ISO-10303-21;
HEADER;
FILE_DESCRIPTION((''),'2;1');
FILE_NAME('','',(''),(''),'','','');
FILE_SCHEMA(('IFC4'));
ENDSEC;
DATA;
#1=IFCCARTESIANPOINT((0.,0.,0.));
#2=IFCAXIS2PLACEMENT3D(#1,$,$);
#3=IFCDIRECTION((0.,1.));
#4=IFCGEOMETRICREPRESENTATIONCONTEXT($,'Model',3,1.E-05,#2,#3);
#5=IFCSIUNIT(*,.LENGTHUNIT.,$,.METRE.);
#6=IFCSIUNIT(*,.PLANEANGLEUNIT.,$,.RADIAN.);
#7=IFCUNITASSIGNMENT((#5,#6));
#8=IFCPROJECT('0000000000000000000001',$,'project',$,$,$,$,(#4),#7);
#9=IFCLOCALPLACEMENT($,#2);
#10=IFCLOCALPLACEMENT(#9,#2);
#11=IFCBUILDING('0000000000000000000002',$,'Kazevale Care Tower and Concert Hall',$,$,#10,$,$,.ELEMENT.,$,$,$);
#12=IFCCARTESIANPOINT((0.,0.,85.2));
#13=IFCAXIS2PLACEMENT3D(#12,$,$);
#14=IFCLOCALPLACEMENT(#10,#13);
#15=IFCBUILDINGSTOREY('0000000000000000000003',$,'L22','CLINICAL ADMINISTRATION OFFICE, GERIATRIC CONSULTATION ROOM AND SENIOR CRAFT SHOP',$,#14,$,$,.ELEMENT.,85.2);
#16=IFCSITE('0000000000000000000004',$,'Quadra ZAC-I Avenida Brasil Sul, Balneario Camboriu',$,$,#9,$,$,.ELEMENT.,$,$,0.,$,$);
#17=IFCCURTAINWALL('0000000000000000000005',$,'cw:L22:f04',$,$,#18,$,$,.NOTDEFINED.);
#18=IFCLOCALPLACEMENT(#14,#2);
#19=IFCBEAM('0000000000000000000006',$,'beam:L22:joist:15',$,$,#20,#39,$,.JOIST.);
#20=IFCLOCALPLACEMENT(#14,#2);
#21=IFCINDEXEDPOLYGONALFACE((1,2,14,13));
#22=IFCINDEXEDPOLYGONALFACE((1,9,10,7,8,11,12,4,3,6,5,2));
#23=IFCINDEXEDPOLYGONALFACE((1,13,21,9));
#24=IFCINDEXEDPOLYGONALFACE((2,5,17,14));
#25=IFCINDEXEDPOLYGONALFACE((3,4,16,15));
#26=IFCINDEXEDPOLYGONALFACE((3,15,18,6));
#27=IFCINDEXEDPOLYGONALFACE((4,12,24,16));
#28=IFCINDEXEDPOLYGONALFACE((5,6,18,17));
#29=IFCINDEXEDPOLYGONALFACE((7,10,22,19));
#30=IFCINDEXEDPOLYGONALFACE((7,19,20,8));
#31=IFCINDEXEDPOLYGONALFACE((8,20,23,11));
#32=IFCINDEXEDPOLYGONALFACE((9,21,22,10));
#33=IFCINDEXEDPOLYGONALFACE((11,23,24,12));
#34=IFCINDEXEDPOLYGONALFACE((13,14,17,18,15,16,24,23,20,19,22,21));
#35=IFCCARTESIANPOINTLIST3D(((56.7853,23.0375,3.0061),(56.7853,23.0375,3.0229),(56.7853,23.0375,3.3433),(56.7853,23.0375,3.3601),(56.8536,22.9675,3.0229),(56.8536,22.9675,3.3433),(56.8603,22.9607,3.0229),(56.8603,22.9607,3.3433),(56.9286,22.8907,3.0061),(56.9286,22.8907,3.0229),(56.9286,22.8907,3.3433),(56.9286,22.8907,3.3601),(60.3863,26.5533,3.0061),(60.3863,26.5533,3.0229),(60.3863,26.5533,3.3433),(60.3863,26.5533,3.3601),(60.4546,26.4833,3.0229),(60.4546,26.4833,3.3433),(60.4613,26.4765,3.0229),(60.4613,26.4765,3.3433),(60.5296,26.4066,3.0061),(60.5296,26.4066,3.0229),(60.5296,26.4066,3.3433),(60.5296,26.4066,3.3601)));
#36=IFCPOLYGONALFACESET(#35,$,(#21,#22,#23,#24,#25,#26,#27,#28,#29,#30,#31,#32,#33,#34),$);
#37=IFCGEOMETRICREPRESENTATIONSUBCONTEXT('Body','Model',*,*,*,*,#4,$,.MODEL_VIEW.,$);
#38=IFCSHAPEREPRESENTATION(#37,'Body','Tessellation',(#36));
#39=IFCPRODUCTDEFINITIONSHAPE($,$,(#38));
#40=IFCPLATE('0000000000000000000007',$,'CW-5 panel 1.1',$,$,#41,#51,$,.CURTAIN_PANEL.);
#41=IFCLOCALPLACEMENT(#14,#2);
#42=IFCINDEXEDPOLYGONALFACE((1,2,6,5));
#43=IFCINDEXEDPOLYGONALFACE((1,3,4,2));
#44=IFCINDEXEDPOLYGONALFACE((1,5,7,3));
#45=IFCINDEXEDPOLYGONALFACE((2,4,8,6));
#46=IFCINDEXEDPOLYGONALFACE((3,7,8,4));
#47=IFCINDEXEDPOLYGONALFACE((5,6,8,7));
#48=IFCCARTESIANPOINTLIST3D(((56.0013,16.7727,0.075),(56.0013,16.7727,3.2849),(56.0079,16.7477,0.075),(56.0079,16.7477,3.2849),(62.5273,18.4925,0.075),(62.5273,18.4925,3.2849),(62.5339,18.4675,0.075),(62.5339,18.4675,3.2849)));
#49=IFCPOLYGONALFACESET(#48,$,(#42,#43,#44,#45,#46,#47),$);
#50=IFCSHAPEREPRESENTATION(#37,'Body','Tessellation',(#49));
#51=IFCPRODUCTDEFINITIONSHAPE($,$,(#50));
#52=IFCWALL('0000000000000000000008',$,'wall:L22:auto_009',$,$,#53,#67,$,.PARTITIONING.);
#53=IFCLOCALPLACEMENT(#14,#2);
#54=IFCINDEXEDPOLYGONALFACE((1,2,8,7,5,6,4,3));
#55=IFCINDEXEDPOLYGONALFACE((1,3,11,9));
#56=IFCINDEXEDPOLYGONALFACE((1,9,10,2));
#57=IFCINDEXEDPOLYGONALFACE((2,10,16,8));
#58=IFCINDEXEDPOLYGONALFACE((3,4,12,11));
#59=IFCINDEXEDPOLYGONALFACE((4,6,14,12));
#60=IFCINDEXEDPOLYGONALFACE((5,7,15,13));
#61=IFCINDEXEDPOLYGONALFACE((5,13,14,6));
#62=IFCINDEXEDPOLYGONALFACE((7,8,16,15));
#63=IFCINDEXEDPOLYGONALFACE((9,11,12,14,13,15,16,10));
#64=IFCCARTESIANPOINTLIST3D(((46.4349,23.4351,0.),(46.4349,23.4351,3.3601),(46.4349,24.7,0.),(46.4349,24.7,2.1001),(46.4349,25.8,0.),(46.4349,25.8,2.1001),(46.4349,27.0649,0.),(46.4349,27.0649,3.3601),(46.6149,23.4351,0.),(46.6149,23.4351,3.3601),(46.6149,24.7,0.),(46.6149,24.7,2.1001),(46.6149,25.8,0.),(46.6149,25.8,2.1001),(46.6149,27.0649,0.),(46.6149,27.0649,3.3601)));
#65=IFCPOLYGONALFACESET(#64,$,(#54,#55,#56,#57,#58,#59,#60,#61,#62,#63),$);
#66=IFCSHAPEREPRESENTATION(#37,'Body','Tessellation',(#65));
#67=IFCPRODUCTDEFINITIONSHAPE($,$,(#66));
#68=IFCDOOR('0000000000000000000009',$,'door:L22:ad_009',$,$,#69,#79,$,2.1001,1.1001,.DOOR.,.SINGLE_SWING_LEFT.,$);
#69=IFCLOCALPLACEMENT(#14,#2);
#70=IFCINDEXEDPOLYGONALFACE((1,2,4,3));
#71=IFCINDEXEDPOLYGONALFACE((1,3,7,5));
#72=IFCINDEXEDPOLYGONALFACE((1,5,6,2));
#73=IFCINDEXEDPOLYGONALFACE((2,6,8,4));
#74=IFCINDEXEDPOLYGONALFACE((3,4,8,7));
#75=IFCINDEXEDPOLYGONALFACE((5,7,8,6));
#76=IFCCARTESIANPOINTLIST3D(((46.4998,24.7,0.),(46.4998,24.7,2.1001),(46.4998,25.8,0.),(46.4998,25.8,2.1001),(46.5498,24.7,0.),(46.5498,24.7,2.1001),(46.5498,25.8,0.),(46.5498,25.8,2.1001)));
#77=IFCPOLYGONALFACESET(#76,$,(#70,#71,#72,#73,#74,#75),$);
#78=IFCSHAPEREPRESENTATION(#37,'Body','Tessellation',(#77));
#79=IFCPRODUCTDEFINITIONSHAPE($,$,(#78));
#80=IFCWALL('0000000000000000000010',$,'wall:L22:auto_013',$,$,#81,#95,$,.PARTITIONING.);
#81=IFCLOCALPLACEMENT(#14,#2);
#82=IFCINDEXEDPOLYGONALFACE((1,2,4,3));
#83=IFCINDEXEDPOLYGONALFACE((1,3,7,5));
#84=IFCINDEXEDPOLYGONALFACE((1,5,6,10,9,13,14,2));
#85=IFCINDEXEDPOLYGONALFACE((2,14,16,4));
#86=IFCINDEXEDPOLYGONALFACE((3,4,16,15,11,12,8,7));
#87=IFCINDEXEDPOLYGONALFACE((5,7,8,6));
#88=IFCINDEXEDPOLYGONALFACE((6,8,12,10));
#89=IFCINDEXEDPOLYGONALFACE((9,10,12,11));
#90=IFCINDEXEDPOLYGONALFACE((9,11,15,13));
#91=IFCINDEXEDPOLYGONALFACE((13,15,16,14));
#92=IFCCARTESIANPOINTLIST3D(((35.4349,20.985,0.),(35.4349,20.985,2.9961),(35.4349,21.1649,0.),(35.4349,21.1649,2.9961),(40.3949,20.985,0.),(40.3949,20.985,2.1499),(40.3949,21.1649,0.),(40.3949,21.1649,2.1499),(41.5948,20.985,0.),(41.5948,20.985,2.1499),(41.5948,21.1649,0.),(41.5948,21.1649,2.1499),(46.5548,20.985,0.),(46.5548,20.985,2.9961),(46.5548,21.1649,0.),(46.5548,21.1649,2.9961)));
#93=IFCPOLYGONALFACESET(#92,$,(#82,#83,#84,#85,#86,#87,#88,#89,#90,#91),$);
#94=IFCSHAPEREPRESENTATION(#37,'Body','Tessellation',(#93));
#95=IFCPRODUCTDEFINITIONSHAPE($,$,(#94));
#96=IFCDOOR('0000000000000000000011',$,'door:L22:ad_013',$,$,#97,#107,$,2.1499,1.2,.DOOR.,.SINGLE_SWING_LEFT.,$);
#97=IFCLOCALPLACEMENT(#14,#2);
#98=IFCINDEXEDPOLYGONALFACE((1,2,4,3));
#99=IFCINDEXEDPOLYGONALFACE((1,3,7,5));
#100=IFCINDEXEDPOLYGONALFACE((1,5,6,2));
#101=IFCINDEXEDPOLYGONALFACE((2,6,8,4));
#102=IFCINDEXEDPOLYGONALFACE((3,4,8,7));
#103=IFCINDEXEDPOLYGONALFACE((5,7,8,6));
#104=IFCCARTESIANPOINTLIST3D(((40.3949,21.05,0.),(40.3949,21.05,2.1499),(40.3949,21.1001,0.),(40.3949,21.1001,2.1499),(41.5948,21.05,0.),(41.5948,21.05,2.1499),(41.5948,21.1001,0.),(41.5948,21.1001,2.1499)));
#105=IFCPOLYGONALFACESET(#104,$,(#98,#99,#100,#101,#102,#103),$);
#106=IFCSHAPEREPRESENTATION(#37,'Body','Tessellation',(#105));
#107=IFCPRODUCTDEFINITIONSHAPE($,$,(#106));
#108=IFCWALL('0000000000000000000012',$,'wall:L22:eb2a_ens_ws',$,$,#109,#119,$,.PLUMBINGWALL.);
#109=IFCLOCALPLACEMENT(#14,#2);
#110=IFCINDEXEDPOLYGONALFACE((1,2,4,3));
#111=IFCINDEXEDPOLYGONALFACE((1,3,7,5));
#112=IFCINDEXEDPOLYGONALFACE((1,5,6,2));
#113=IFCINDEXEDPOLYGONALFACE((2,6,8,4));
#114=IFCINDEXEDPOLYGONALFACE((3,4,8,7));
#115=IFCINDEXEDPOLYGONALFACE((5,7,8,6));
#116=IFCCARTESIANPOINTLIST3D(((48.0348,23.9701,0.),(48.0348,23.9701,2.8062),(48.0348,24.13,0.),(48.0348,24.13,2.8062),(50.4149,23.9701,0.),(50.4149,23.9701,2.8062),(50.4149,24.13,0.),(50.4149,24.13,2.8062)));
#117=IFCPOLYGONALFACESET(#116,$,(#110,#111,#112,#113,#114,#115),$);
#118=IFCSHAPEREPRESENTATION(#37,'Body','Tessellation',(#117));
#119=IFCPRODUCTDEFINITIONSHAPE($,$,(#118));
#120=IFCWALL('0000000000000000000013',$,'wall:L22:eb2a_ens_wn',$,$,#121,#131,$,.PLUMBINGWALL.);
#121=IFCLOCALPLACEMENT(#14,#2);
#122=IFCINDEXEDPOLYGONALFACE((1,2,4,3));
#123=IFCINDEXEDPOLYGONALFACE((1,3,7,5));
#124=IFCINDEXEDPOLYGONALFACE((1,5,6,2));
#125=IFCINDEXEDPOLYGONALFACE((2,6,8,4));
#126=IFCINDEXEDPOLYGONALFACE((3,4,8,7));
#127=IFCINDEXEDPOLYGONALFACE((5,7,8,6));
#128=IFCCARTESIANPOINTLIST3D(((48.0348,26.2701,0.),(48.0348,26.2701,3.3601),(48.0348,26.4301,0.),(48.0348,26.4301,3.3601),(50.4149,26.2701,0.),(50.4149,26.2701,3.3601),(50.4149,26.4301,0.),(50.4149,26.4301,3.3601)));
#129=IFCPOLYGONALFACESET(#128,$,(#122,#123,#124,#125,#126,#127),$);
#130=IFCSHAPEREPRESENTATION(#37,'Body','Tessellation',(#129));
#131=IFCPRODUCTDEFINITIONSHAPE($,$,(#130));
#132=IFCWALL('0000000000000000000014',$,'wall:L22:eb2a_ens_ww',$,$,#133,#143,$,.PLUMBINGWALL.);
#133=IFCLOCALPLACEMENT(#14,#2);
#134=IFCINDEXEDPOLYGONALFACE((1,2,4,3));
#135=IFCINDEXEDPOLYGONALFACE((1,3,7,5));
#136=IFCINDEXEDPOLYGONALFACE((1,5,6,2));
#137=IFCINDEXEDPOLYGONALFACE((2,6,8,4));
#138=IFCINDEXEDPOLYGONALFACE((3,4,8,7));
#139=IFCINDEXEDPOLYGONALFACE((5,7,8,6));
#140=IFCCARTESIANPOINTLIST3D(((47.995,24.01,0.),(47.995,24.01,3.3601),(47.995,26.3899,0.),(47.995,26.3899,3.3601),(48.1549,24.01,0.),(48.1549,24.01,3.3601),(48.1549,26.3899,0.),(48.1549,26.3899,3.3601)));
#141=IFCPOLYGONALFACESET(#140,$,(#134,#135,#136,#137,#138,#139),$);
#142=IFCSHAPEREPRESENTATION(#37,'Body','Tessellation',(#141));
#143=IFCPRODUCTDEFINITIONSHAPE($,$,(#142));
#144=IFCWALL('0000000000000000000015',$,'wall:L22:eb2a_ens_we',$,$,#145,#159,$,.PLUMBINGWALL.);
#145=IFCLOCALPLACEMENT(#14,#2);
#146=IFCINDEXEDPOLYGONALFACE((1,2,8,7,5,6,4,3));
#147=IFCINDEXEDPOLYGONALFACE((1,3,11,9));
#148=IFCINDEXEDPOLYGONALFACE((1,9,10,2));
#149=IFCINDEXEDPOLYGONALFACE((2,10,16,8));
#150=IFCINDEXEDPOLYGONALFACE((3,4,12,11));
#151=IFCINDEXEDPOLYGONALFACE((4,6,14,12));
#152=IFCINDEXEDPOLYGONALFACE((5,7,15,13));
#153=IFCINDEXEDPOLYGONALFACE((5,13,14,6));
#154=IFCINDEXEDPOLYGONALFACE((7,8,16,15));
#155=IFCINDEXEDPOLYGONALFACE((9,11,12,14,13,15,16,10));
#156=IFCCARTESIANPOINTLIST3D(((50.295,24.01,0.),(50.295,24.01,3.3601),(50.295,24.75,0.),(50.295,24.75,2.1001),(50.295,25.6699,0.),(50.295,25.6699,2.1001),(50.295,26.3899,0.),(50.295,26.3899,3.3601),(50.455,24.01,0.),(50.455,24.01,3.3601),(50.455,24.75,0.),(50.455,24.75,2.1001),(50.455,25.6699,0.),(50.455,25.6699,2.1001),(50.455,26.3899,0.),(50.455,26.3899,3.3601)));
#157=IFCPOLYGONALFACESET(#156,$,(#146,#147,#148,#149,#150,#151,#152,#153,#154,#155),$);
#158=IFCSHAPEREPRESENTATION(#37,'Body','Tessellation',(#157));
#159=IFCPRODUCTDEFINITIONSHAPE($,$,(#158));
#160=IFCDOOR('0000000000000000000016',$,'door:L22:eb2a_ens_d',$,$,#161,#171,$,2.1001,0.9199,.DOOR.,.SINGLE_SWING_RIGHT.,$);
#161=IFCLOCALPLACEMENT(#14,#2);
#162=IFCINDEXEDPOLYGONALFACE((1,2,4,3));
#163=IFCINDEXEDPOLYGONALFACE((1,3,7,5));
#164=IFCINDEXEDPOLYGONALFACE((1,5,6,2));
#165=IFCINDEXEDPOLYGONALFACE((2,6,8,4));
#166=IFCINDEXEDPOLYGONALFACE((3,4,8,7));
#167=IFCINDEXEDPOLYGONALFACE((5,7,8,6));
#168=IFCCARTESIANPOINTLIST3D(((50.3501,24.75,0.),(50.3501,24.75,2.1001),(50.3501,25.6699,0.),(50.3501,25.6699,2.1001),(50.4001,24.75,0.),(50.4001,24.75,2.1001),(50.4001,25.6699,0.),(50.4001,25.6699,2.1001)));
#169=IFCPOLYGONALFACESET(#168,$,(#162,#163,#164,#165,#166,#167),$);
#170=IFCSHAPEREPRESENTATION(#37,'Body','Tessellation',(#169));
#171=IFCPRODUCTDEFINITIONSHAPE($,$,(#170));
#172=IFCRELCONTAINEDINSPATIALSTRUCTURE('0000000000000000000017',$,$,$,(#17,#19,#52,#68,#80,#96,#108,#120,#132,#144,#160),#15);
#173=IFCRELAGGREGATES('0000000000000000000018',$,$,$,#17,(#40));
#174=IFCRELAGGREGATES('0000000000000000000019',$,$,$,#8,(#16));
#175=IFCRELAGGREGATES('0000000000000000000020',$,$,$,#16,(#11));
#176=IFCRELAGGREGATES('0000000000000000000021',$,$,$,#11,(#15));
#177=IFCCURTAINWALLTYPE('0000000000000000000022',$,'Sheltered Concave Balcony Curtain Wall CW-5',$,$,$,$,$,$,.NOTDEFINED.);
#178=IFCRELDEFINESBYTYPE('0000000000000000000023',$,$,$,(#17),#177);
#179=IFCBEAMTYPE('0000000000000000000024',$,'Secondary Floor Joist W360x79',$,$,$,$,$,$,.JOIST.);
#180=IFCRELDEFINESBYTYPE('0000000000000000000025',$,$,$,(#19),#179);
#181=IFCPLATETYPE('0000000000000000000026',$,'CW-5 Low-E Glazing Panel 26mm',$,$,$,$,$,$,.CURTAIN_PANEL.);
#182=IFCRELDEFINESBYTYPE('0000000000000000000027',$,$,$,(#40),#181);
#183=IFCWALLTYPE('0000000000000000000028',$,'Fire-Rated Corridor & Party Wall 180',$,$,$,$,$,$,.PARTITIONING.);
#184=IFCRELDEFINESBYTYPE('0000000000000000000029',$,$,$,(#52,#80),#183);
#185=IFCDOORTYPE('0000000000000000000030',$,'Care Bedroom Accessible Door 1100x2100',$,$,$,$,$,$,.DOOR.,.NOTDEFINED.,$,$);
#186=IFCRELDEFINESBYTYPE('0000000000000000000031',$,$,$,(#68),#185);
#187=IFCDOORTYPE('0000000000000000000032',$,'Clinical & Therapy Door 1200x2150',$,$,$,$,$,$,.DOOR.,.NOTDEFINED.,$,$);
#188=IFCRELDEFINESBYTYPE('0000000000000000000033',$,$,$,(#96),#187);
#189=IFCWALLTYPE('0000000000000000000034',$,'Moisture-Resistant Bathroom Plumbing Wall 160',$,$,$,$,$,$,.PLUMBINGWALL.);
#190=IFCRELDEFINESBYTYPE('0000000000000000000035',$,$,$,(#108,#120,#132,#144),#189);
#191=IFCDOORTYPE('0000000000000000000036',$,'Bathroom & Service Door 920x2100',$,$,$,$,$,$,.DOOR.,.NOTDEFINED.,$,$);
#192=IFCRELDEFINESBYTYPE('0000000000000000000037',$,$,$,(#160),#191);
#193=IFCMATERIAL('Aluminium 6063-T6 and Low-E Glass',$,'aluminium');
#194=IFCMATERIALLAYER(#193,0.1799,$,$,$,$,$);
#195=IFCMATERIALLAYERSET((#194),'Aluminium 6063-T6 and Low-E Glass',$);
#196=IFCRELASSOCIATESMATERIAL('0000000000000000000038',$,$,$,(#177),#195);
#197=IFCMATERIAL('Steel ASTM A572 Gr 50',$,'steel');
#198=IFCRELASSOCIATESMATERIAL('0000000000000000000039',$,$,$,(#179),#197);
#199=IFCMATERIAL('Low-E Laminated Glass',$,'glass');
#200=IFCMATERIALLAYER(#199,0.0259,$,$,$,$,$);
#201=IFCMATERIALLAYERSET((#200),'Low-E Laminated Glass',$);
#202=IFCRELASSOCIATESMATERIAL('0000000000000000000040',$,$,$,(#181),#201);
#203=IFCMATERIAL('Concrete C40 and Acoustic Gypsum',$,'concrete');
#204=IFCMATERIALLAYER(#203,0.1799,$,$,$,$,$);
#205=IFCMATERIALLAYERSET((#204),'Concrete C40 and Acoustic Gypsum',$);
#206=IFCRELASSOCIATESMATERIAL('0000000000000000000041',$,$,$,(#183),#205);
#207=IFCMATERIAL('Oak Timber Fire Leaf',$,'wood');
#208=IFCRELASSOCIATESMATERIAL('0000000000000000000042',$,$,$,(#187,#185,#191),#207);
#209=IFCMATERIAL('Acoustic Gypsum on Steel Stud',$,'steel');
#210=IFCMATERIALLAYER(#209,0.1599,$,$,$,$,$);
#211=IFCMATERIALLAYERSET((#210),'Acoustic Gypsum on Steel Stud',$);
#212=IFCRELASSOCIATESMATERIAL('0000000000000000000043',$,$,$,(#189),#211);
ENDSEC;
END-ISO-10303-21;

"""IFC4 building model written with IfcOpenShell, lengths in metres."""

from ifc_helpers import new_model, si_unit, direction, frame, frame_2d, origin, origin_2d, place, context, subcontext, project, spatial, rectangle, i_section, extrude, material, layer, layer_set, material_profile, profile_set, type_object, element, fill, aggregate, save


model = new_model("IFC4")

# Units and contexts
model_context = context("Model", 3, precision=1e-05, world=origin(), true_north=direction((0.0, 1.0)))
body_context = subcontext(model_context, "Body", "Model", "MODEL_VIEW")
ifc_project = project(units=[si_unit("LENGTHUNIT", "METRE"), si_unit("PLANEANGLEUNIT", "RADIAN")], contexts=[model_context])

# Site, building, storey
site_placement = place(None, origin())
site = spatial("IfcSite", under=ifc_project, at=site_placement, Name="Quadra ZAC-I Avenida Brasil Sul, Balneario Camboriu", CompositionType="ELEMENT", RefElevation=0.0)
building_placement = place(site_placement, origin())
building = spatial("IfcBuilding", under=site, at=building_placement, Name="Kazevale Care Tower and Concert Hall", CompositionType="ELEMENT")
storey_placement = place(building_placement, frame((0.0, 0.0, 85.2)))
storey = spatial("IfcBuildingStorey", under=building, at=storey_placement, Name="L22", Description="CLINICAL ADMINISTRATION OFFICE, GERIATRIC CONSULTATION ROOM AND SENIOR CRAFT SHOP", CompositionType="ELEMENT", Elevation=85.2)

# Curtain wall
ifc_material_1 = material(Name="Aluminium 6063-T6 and Low-E Glass", Category="aluminium")
ifc_layer_1 = layer(ifc_material_1, 0.1799)
ifc_layer_set_1 = layer_set([ifc_layer_1], Name="Aluminium 6063-T6 and Low-E Glass")
curtain_wall_type = type_object("IfcCurtainWallType", Name="Sheltered Concave Balcony Curtain Wall CW-5", PredefinedType="NOTDEFINED", material=ifc_layer_set_1)
curtain_wall_1_placement = place(storey_placement, origin())
curtain_wall_1 = element("IfcCurtainWall", 1, at=curtain_wall_1_placement, inside=storey, type_object=curtain_wall_type, Name="cw:L22:f04", PredefinedType="NOTDEFINED")

# Beam
ifc_material_2 = material(Name="Steel ASTM A572 Gr 50", Category="steel")
ifc_material_profile_1 = material_profile(ifc_material_2, i_section(OverallWidth=0.2051, OverallDepth=0.354, WebThickness=0.0095, FlangeThickness=0.0168, at=origin_2d()), Name="W360x79")
ifc_profile_set_1 = profile_set([ifc_material_profile_1], Name="Steel ASTM A572 Gr 50")
beam_type_1 = type_object("IfcBeamType", Name="Secondary Floor Joist W360x79", PredefinedType="JOIST", material=ifc_profile_set_1)
beam_1_placement = place(storey_placement, frame((56.8569, 22.9641, 3.1831), z_axis=(0.715521, 0.698591, 0.0), x_axis=(-0.698591, 0.715521, 0.0)))
element("IfcBeam", 2, at=beam_1_placement, inside=storey, type_object=beam_type_1, Name="beam:L22:joist:15", PredefinedType="JOIST", context=body_context, shape_type="SweptSolid", body=[
    extrude(i_section(OverallWidth=0.2051, OverallDepth=0.354, WebThickness=0.0095, FlangeThickness=0.0168, at=origin_2d()), origin(), (0.0, 0.0, 1.0), 5.0327),
])

# Plate
ifc_material_3 = material(Name="Low-E Laminated Glass", Category="glass")
ifc_layer_2 = layer(ifc_material_3, 0.0259)
ifc_layer_set_2 = layer_set([ifc_layer_2], Name="Low-E Laminated Glass")
plate_type = type_object("IfcPlateType", Name="CW-5 Low-E Glazing Panel 26mm", PredefinedType="CURTAIN_PANEL", material=ifc_layer_set_2)
plate_placement = place(storey_placement, frame((59.2676, 17.6201, 0.075), z_axis=(0.0, 0.0, 1.0), x_axis=(-0.966986, -0.254829, 0.0)))
plate = element("IfcPlate", 3, at=plate_placement, type_object=plate_type, Name="CW-5 panel 1.1", PredefinedType="CURTAIN_PANEL", context=body_context, shape_type="SweptSolid", body=[
    extrude(rectangle(XDim=6.7488, YDim=0.0259, at=origin_2d()), origin(), (0.0, 0.0, 1.0), 3.21),
])
aggregate(curtain_wall_1, [plate])

# Walls, openings, doors
ifc_material_4 = material(Name="Concrete C40 and Acoustic Gypsum", Category="concrete")
ifc_layer_3 = layer(ifc_material_4, 0.1799)
ifc_layer_set_3 = layer_set([ifc_layer_3], Name="Concrete C40 and Acoustic Gypsum")
wall_type_1 = type_object("IfcWallType", Name="Fire-Rated Corridor & Party Wall 180", PredefinedType="PARTITIONING", material=ifc_layer_set_3)
ifc_material_5 = material(Name="Oak Timber Fire Leaf", Category="wood")
door_type_1 = type_object("IfcDoorType", Name="Clinical & Therapy Door 1200x2150", OperationType="NOTDEFINED", PredefinedType="DOOR", material=ifc_material_5)
wall_1_placement = place(storey_placement, frame((46.5249, 27.0649, 0.0), z_axis=(0.0, 0.0, 1.0), x_axis=(0.0, -1.0, 0.0)))
wall_1 = element("IfcWall", 4, at=wall_1_placement, inside=storey, type_object=wall_type_1, Name="wall:L22:auto_009", PredefinedType="PARTITIONING", context=body_context, shape_type="SweptSolid", body=[
    extrude(rectangle(XDim=3.6299, YDim=0.1799, at=frame_2d((1.8149, 0.0))), origin(), (0.0, 0.0, 1.0), 3.3601),
])
opening_1_placement = place(wall_1_placement, frame((1.2649, 0.0, 0.0)))
opening_1 = element("IfcOpeningElement", 5, at=opening_1_placement, cuts=wall_1, PredefinedType="OPENING", context=body_context, shape_type="SweptSolid", body=[
    extrude(rectangle(XDim=1.1001, YDim=2.1001, at=frame_2d((0.55, 1.05))), frame((0.0, 0.0999, 0.0), z_axis=(0.0, -1.0, 0.0), x_axis=(1.0, 0.0, 0.0)), (0.0, 0.0, 1.0), 0.2),
])
door_type_2 = type_object("IfcDoorType", Name="Care Bedroom Accessible Door 1100x2100", OperationType="NOTDEFINED", PredefinedType="DOOR", material=ifc_material_5)
door_1_placement = place(opening_1_placement, origin())
door_1 = element("IfcDoor", 6, at=door_1_placement, inside=storey, type_object=door_type_2, Name="door:L22:ad_009", OperationType="SINGLE_SWING_LEFT", OverallHeight=2.1001, OverallWidth=1.1001, PredefinedType="DOOR", context=body_context, shape_type="SweptSolid", body=[
    extrude(rectangle(XDim=1.1001, YDim=2.1001, at=frame_2d((0.55, 1.05))), frame((0.0, 0.0249, 0.0), z_axis=(0.0, -1.0, 0.0), x_axis=(1.0, 0.0, 0.0)), (0.0, 0.0, 1.0), 0.05),
])
fill(opening_1, door_1)
wall_2_placement = place(storey_placement, frame((46.5549, 21.075, 0.0), z_axis=(0.0, 0.0, 1.0), x_axis=(-1.0, 0.0, 0.0)))
wall_2 = element("IfcWall", 7, at=wall_2_placement, inside=storey, type_object=wall_type_1, Name="wall:L22:auto_013", PredefinedType="PARTITIONING", context=body_context, shape_type="SweptSolid", body=[
    extrude(rectangle(XDim=11.1199, YDim=0.1799, at=frame_2d((5.5601, 0.0))), origin(), (0.0, 0.0, 1.0), 2.9961),
])
opening_2_placement = place(wall_2_placement, frame((4.96, 0.0, 0.0)))
opening_2 = element("IfcOpeningElement", 8, at=opening_2_placement, cuts=wall_2, PredefinedType="OPENING", context=body_context, shape_type="SweptSolid", body=[
    extrude(rectangle(XDim=1.2, YDim=2.1499, at=frame_2d((0.6001, 1.075))), frame((0.0, 0.0999, 0.0), z_axis=(0.0, -1.0, 0.0), x_axis=(1.0, 0.0, 0.0)), (0.0, 0.0, 1.0), 0.2),
])
door_2_placement = place(opening_2_placement, origin())
door_2 = element("IfcDoor", 9, at=door_2_placement, inside=storey, type_object=door_type_1, Name="door:L22:ad_013", OperationType="SINGLE_SWING_LEFT", OverallHeight=2.1499, OverallWidth=1.2, PredefinedType="DOOR", context=body_context, shape_type="SweptSolid", body=[
    extrude(rectangle(XDim=1.2, YDim=2.1499, at=frame_2d((0.6001, 1.075))), frame((0.0, 0.0249, 0.0), z_axis=(0.0, -1.0, 0.0), x_axis=(1.0, 0.0, 0.0)), (0.0, 0.0, 1.0), 0.05),
])
fill(opening_2, door_2)

# Walls
ifc_material_6 = material(Name="Acoustic Gypsum on Steel Stud", Category="steel")
ifc_layer_4 = layer(ifc_material_6, 0.1599)
ifc_layer_set_4 = layer_set([ifc_layer_4], Name="Acoustic Gypsum on Steel Stud")
wall_type_2 = type_object("IfcWallType", Name="Moisture-Resistant Bathroom Plumbing Wall 160", PredefinedType="PLUMBINGWALL", material=ifc_layer_set_4)
wall_3_placement = place(storey_placement, frame((48.0349, 24.05, 0.0), z_axis=(0.0, 0.0, 1.0), x_axis=(1.0, 0.0, 0.0)))
element("IfcWall", 10, at=wall_3_placement, inside=storey, type_object=wall_type_2, Name="wall:L22:eb2a_ens_ws", PredefinedType="PLUMBINGWALL", context=body_context, shape_type="SweptSolid", body=[
    extrude(rectangle(XDim=2.3801, YDim=0.1599, at=frame_2d((1.1899, 0.0))), origin(), (0.0, 0.0, 1.0), 2.8062),
])
wall_4_placement = place(storey_placement, frame((48.0349, 26.3501, 0.0), z_axis=(0.0, 0.0, 1.0), x_axis=(1.0, 0.0, 0.0)))
element("IfcWall", 11, at=wall_4_placement, inside=storey, type_object=wall_type_2, Name="wall:L22:eb2a_ens_wn", PredefinedType="PLUMBINGWALL", context=body_context, shape_type="SweptSolid", body=[
    extrude(rectangle(XDim=2.3801, YDim=0.1599, at=frame_2d((1.1899, 0.0))), origin(), (0.0, 0.0, 1.0), 3.3601),
])
wall_5_placement = place(storey_placement, frame((48.075, 24.01, 0.0), z_axis=(0.0, 0.0, 1.0), x_axis=(0.0, 1.0, 0.0)))
element("IfcWall", 12, at=wall_5_placement, inside=storey, type_object=wall_type_2, Name="wall:L22:eb2a_ens_ww", PredefinedType="PLUMBINGWALL", context=body_context, shape_type="SweptSolid", body=[
    extrude(rectangle(XDim=2.3799, YDim=0.1599, at=frame_2d((1.1899, 0.0))), origin(), (0.0, 0.0, 1.0), 3.3601),
])

# Wall, opening, door
wall_6_placement = place(storey_placement, frame((50.375, 24.01, 0.0), z_axis=(0.0, 0.0, 1.0), x_axis=(0.0, 1.0, 0.0)))
wall_6 = element("IfcWall", 13, at=wall_6_placement, inside=storey, type_object=wall_type_2, Name="wall:L22:eb2a_ens_we", PredefinedType="PLUMBINGWALL", context=body_context, shape_type="SweptSolid", body=[
    extrude(rectangle(XDim=2.3799, YDim=0.1599, at=frame_2d((1.1899, 0.0))), origin(), (0.0, 0.0, 1.0), 3.3601),
])
opening_3_placement = place(wall_6_placement, frame((0.74, 0.0, 0.0)))
opening_3 = element("IfcOpeningElement", 14, at=opening_3_placement, cuts=wall_6, PredefinedType="OPENING", context=body_context, shape_type="SweptSolid", body=[
    extrude(rectangle(XDim=0.9199, YDim=2.1001, at=frame_2d((0.46, 1.05))), frame((0.0, 0.0898, 0.0), z_axis=(0.0, -1.0, 0.0), x_axis=(1.0, 0.0, 0.0)), (0.0, 0.0, 1.0), 0.1799),
])
door_type_3 = type_object("IfcDoorType", Name="Bathroom & Service Door 920x2100", OperationType="NOTDEFINED", PredefinedType="DOOR", material=ifc_material_5)
door_3_placement = place(opening_3_placement, origin())
door_3 = element("IfcDoor", 15, at=door_3_placement, inside=storey, type_object=door_type_3, Name="door:L22:eb2a_ens_d", OperationType="SINGLE_SWING_RIGHT", OverallHeight=2.1001, OverallWidth=0.9199, PredefinedType="DOOR", context=body_context, shape_type="SweptSolid", body=[
    extrude(rectangle(XDim=0.9199, YDim=2.1001, at=frame_2d((0.46, 1.05))), frame((0.0, 0.0249, 0.0), z_axis=(0.0, -1.0, 0.0), x_axis=(1.0, 0.0, 0.0)), (0.0, 0.0, 1.0), 0.05),
])
fill(opening_3, door_3)

save(model, "model.ifc")
